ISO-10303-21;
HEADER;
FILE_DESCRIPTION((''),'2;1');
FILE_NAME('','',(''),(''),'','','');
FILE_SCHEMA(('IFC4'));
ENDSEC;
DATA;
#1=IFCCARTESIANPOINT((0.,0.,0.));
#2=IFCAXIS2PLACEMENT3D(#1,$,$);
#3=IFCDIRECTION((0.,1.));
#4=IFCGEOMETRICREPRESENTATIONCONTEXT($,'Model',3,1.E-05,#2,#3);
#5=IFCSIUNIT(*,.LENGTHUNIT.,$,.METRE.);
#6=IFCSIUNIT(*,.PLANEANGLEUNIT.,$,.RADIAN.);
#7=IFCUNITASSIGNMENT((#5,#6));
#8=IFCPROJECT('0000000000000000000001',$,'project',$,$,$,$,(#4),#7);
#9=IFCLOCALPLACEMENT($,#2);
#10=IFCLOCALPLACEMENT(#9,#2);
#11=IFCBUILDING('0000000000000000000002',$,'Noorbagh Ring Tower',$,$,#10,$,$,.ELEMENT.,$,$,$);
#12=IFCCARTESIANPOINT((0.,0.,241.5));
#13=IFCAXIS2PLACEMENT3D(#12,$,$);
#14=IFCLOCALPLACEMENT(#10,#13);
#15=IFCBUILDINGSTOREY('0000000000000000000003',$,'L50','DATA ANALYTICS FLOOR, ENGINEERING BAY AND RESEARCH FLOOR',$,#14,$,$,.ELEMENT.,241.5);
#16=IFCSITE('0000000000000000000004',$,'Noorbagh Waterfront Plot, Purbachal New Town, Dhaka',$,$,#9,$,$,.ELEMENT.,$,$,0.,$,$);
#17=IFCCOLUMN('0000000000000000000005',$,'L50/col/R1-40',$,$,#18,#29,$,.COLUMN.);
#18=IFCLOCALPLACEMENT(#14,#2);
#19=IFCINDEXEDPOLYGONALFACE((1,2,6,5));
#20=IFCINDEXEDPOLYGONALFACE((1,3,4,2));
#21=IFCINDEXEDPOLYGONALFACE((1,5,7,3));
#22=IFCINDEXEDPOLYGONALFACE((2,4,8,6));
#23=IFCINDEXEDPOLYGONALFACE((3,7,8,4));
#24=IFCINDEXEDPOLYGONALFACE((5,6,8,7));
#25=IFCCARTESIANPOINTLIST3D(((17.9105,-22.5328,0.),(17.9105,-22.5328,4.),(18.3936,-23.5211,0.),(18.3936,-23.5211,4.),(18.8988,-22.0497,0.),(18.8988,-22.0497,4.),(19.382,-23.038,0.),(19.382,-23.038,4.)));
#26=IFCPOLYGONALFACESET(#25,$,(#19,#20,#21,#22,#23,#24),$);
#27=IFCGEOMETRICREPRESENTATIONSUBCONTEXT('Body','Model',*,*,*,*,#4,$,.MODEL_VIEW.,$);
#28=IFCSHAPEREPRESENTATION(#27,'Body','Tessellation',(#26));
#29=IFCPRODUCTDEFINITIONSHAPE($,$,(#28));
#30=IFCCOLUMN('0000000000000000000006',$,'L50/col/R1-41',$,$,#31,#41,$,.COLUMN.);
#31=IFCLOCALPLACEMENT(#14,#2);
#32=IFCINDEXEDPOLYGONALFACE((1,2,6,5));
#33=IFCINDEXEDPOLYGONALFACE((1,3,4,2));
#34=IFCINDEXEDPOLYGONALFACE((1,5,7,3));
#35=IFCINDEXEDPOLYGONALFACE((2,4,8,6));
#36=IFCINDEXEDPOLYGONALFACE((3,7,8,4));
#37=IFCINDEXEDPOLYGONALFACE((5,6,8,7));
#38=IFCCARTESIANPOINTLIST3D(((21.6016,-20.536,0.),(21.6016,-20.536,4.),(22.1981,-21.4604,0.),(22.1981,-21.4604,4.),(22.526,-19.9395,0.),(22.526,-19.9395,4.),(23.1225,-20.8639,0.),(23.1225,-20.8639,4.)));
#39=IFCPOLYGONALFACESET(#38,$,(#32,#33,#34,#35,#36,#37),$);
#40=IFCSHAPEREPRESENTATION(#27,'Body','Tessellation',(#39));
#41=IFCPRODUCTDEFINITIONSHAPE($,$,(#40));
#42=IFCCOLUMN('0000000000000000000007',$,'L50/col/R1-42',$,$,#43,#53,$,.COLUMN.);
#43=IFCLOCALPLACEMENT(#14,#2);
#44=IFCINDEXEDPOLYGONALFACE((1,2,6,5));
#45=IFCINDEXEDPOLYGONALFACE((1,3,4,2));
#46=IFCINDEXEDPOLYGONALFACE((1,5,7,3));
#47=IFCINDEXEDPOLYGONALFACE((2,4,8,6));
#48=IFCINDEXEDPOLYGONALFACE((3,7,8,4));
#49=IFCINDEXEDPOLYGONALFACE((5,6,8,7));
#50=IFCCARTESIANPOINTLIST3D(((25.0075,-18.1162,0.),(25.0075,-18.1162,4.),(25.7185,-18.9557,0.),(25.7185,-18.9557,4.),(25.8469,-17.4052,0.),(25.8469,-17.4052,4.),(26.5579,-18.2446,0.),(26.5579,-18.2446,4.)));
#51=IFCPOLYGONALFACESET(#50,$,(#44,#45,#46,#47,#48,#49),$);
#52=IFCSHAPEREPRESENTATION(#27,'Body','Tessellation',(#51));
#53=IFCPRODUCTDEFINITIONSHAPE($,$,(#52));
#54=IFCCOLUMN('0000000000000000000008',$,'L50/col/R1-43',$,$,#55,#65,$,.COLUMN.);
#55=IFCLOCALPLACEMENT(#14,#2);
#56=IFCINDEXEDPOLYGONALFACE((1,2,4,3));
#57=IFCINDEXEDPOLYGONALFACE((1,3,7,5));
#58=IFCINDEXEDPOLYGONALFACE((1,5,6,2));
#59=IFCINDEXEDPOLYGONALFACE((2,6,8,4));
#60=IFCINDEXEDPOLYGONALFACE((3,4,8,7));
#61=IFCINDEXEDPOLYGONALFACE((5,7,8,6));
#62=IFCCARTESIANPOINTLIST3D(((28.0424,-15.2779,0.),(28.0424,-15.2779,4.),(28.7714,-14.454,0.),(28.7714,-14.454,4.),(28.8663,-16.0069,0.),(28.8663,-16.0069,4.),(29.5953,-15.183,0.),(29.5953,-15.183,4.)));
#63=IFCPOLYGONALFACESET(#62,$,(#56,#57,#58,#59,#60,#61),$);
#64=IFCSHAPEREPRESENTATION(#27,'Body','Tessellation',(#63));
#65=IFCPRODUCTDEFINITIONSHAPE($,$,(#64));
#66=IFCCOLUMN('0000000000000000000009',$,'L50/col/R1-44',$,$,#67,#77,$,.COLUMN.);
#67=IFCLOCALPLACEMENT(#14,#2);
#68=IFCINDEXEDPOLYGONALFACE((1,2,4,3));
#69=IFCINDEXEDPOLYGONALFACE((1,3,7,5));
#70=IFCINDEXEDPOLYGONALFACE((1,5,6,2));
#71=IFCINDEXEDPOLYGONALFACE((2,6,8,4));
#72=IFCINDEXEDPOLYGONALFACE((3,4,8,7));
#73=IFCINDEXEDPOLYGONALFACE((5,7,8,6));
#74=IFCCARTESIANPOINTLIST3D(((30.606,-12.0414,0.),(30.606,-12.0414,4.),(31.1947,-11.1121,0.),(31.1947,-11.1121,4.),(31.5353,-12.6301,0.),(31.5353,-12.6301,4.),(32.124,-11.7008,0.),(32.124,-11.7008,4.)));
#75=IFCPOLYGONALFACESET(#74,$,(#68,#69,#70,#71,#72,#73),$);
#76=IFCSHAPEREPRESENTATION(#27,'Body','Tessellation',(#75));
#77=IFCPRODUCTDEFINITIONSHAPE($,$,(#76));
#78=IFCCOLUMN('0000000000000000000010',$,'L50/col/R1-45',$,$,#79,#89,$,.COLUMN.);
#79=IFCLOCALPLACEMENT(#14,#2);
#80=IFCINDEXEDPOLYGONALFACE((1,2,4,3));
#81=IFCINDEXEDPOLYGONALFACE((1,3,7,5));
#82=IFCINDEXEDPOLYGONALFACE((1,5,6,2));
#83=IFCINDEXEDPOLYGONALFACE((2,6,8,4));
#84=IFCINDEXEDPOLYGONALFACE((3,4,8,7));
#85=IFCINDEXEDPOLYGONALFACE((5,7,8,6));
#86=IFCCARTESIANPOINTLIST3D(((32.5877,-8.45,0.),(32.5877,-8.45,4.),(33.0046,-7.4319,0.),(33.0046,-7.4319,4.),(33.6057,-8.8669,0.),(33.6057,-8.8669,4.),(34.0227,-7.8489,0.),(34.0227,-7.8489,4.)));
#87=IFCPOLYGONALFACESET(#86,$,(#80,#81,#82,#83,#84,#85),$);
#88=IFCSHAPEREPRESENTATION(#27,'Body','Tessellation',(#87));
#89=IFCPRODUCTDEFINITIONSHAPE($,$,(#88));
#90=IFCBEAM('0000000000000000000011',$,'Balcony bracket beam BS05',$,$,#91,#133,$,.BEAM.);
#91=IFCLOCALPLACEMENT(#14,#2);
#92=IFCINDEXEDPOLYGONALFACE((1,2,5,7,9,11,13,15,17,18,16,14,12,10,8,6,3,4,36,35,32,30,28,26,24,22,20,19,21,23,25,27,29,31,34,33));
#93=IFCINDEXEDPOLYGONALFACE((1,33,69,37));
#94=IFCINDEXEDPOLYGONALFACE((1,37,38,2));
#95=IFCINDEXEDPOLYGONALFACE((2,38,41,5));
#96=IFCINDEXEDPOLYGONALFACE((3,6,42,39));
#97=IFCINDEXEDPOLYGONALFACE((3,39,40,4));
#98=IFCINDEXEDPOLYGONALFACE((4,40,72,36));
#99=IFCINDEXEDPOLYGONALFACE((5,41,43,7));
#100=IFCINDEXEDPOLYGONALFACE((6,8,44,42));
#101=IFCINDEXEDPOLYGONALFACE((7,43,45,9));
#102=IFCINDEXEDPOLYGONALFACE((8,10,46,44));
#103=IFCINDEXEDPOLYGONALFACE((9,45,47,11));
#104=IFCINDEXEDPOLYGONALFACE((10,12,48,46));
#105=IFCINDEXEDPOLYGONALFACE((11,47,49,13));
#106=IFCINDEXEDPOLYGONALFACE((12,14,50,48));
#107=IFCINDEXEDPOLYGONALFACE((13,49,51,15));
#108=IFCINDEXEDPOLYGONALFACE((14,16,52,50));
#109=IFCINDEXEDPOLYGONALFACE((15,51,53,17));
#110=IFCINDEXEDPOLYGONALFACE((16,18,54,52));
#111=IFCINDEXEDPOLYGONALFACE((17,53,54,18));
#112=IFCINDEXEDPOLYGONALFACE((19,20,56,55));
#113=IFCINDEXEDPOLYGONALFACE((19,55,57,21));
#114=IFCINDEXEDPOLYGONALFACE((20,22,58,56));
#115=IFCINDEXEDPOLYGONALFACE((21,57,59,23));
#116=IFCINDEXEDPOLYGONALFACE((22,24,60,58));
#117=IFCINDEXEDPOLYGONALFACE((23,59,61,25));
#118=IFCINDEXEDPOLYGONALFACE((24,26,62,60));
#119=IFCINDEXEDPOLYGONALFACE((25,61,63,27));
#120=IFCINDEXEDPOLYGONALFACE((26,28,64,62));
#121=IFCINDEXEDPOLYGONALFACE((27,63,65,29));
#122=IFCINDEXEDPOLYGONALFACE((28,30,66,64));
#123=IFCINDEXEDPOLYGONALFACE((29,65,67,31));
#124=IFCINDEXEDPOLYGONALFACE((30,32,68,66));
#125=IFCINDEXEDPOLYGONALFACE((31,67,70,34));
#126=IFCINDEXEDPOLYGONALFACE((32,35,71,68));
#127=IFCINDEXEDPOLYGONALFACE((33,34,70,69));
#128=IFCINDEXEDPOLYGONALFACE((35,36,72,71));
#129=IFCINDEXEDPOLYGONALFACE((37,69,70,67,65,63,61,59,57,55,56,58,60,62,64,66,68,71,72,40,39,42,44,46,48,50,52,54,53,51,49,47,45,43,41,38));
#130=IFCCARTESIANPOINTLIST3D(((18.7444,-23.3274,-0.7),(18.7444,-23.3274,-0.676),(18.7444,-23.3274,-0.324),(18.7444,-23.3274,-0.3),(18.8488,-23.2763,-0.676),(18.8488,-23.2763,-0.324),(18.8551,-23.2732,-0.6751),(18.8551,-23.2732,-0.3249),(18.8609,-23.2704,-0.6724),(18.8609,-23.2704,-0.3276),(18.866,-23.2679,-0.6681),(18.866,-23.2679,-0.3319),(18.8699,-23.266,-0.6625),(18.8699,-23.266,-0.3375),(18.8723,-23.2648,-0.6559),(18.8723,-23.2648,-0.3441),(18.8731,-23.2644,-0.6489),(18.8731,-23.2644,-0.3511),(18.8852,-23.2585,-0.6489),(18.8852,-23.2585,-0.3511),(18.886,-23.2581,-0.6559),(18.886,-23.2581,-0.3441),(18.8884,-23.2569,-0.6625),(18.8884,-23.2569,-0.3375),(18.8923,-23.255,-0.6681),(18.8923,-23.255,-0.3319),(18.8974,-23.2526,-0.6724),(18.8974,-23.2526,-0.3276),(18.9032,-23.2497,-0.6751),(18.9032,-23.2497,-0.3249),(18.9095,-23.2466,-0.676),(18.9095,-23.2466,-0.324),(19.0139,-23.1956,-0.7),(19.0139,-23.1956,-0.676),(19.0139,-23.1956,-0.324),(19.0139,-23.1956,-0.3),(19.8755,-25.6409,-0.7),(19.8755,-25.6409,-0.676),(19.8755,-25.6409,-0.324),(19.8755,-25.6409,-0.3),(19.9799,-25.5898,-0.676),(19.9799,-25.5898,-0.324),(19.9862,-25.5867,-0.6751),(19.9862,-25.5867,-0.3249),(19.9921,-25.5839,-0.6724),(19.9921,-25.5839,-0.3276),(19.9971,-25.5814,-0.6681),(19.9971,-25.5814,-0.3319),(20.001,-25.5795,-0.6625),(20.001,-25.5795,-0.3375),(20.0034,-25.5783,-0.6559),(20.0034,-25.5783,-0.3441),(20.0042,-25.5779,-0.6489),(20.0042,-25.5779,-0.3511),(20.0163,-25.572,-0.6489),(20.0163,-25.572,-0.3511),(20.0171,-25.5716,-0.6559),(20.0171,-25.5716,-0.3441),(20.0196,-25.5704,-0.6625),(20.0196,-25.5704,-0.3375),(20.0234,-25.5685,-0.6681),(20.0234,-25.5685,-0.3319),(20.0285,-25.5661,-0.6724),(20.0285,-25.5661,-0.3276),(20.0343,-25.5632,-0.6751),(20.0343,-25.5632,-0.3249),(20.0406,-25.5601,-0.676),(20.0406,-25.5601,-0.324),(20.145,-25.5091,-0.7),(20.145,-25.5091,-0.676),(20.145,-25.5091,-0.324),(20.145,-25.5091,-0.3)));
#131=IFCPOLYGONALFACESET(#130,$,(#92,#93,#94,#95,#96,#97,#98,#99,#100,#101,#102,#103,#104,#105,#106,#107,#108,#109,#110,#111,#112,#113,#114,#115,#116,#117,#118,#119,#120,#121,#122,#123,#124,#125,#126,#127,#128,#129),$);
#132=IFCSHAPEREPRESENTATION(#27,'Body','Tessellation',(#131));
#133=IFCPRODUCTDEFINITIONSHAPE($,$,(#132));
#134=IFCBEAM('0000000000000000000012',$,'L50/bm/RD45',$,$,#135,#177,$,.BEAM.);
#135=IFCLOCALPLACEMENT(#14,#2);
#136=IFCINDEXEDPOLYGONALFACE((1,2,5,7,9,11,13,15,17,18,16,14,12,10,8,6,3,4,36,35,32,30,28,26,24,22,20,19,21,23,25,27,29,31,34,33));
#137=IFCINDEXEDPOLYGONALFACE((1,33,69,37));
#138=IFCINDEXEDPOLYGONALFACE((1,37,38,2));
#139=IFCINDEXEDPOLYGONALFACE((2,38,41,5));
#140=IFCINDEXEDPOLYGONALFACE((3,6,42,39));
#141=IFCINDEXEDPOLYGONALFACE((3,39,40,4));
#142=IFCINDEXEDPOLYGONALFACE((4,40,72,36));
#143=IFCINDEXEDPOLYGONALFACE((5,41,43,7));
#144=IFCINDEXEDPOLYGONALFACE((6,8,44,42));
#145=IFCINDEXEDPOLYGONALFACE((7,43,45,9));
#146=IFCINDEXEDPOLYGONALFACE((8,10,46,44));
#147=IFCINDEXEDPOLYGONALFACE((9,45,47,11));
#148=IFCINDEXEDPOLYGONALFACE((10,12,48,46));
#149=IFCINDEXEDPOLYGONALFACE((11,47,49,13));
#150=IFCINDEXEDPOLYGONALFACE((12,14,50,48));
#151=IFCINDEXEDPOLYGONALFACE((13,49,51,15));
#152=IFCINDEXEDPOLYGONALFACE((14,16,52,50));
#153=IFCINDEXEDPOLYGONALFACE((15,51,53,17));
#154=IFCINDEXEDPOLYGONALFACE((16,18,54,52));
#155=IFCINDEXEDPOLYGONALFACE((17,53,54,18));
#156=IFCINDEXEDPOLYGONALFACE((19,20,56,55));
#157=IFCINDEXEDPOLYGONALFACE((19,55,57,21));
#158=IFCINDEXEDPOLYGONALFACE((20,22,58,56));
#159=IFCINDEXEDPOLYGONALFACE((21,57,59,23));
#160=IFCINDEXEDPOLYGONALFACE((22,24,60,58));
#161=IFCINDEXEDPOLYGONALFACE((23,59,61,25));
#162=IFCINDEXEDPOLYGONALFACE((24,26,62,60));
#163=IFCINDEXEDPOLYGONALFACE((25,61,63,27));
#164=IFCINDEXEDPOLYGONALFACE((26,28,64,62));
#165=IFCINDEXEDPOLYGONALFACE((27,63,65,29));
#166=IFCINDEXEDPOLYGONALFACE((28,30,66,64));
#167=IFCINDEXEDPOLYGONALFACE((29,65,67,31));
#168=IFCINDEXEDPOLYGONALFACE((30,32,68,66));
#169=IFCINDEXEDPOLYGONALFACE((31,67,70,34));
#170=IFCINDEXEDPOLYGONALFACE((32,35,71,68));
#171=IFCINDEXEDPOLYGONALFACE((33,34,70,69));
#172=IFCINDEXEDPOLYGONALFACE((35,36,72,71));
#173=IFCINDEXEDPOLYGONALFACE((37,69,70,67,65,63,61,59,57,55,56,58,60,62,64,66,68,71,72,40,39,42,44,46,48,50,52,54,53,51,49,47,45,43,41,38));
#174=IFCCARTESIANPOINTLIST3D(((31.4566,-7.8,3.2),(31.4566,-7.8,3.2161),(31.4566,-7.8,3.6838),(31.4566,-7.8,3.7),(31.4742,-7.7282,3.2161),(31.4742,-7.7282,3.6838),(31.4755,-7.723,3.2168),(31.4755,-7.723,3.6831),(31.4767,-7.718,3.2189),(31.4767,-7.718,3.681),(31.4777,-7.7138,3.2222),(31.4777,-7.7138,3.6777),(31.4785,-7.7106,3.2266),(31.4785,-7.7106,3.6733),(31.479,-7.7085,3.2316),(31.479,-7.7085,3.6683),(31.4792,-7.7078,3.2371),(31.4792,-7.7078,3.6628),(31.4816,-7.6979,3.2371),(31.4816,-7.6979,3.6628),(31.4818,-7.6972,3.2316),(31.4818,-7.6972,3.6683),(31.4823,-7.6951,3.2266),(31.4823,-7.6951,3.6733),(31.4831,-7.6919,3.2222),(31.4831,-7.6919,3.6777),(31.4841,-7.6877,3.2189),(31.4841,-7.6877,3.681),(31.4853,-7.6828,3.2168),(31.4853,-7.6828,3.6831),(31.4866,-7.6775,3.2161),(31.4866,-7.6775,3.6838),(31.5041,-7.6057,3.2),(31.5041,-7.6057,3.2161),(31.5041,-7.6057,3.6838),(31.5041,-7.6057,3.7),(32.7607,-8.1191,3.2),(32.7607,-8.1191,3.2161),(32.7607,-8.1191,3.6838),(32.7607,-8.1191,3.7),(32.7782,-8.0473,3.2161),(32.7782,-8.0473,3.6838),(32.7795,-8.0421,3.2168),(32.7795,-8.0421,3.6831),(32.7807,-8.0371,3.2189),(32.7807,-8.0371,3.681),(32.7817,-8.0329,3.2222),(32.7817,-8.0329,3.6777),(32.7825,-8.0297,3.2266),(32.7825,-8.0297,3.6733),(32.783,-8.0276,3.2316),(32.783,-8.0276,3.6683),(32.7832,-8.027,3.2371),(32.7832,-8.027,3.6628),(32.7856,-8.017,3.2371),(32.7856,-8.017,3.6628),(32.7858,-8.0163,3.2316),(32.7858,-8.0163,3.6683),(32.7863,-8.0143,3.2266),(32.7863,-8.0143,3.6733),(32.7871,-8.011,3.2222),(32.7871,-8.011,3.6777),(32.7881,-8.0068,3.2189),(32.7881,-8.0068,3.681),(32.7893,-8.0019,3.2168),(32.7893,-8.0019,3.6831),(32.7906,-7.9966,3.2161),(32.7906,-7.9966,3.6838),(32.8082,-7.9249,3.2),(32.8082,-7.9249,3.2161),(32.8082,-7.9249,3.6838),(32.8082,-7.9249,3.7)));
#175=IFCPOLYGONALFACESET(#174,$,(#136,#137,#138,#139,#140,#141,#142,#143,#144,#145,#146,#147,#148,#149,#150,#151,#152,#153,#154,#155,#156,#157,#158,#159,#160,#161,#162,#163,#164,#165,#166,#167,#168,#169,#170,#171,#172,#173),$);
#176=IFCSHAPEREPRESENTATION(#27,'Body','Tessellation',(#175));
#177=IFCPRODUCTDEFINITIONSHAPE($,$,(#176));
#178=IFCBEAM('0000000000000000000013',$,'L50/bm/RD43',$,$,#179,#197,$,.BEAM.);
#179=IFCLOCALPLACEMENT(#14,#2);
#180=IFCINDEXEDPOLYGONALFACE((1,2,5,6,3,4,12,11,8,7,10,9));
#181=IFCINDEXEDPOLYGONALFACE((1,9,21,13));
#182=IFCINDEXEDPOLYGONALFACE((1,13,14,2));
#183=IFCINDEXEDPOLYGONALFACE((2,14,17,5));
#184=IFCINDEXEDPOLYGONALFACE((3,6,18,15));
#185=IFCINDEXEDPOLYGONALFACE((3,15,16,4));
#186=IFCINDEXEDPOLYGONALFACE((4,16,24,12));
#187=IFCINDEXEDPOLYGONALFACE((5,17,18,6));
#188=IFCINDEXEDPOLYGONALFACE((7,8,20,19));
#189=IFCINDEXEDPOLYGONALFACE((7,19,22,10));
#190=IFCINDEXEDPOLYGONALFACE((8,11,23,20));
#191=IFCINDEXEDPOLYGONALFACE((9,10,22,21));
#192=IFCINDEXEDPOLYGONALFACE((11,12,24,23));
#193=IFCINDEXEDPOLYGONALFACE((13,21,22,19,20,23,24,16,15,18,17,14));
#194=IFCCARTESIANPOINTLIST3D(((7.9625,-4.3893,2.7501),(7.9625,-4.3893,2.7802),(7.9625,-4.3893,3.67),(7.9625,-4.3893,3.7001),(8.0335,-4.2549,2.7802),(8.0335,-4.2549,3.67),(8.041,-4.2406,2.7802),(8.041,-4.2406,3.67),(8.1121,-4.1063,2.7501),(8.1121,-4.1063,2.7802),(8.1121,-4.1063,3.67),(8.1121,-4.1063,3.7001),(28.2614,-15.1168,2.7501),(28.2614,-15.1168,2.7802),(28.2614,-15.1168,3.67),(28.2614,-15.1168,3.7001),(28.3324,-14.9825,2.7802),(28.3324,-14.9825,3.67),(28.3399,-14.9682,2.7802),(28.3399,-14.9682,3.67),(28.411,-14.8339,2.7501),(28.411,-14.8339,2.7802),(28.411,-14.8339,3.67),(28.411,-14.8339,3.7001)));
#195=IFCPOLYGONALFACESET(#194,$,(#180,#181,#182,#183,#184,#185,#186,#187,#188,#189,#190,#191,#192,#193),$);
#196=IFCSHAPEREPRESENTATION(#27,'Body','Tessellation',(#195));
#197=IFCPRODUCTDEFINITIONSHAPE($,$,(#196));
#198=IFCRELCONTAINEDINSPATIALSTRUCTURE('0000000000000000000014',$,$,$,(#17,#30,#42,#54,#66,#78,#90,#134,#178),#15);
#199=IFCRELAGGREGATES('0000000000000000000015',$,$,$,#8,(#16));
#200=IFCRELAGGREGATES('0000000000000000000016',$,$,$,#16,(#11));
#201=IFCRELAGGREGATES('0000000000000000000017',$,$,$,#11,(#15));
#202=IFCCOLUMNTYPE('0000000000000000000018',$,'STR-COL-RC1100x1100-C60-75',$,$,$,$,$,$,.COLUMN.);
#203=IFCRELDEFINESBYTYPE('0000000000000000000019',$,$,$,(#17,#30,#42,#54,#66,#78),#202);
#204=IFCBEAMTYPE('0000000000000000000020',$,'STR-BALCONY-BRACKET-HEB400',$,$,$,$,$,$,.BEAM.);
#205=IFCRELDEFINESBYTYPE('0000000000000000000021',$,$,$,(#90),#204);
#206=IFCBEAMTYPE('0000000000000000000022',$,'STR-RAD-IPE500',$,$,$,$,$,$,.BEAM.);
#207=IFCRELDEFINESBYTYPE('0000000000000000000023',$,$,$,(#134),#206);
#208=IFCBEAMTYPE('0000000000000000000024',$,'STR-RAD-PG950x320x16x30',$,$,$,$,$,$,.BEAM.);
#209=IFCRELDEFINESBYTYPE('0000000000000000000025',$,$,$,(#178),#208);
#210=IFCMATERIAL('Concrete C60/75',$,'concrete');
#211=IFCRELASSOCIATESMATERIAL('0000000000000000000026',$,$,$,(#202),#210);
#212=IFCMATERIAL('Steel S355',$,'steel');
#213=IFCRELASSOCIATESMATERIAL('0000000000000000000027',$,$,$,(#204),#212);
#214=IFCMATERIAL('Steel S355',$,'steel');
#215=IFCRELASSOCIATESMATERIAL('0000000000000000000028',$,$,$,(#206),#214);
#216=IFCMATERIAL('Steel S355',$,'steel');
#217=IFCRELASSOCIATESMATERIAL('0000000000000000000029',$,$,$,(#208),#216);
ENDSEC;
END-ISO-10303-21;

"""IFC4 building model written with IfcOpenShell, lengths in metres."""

from ifc_helpers import new_model, si_unit, direction, frame, origin, origin_2d, place, context, subcontext, project, spatial, rectangle, i_section, extrude, material, material_profile, profile_set, type_object, element, save


model = new_model("IFC4")

# Units and contexts
model_context = context("Model", 3, precision=1e-05, world=origin(), true_north=direction((0.0, 1.0)))
body_context = subcontext(model_context, "Body", "Model", "MODEL_VIEW")
ifc_project = project(units=[si_unit("LENGTHUNIT", "METRE"), si_unit("PLANEANGLEUNIT", "RADIAN")], contexts=[model_context])

# Site, building, storey
site_placement = place(None, origin())
site = spatial("IfcSite", under=ifc_project, at=site_placement, Name="Noorbagh Waterfront Plot, Purbachal New Town, Dhaka", CompositionType="ELEMENT", RefElevation=0.0)
building_placement = place(site_placement, origin())
building = spatial("IfcBuilding", under=site, at=building_placement, Name="Noorbagh Ring Tower", CompositionType="ELEMENT")
storey_placement = place(building_placement, frame((0.0, 0.0, 241.5)))
storey = spatial("IfcBuildingStorey", under=building, at=storey_placement, Name="L50", Description="DATA ANALYTICS FLOOR, ENGINEERING BAY AND RESEARCH FLOOR", CompositionType="ELEMENT", Elevation=241.5)

# Columns
ifc_material_1 = material(Name="Concrete C60/75", Category="concrete")
ifc_material_profile_1 = material_profile(ifc_material_1, rectangle(XDim=1.1001, YDim=1.1001, at=origin_2d()), Name="RC1100x1100")
ifc_profile_set_1 = profile_set([ifc_material_profile_1], Name="Concrete C60/75")
column_type = type_object("IfcColumnType", Name="STR-COL-RC1100x1100-C60-75", PredefinedType="COLUMN", material=ifc_profile_set_1)
for number, where, z_axis, x_axis, name in (
    (1, (18.6462, -22.7854, 0.0), (0.0, 0.0, 1.0), (0.898399, 0.43918, 0.0), "L50/col/R1-40"),
    (2, (22.3621, -20.7, 0.0), (0.0, 0.0, 1.0), (0.840248, 0.542203, 0.0), "L50/col/R1-41"),
    (3, (25.7827, -18.1804, 0.0), (0.0, 0.0, 1.0), (0.763035, 0.646357, 0.0), "L50/col/R1-42"),
    (4, (28.8188, -15.2305, 0.0), (0.0, 0.0, 1.0), (0.662636, 0.748942, 0.0), "L50/col/R1-43"),
    (5, (31.365, -11.8711, 0.0), (0.0, 0.0, 1.0), (0.53519, 0.844731, 0.0), "L50/col/R1-44"),
    (6, (33.3052, -8.1494, 0.0), (0.0, 0.0, 1.0), (0.378989, 0.925401, 0.0), "L50/col/R1-45"),
):
    element("IfcColumn", number, at=place(storey_placement, frame(where, z_axis=z_axis, x_axis=x_axis)), inside=storey, type_object=column_type, Name=name, PredefinedType="COLUMN", context=body_context, shape_type="SweptSolid", body=[
        extrude(rectangle(XDim=1.1001, YDim=1.1001, at=origin_2d()), origin(), (0.0, 0.0, 1.0), 4.0),
    ])

# Beams
ifc_material_2 = material(Name="Steel S355", Category="steel")
ifc_material_profile_2 = material_profile(ifc_material_2, i_section(OverallWidth=0.3, OverallDepth=0.3999, WebThickness=0.0134, FlangeThickness=0.0239, FilletRadius=0.0271, at=origin_2d()), Name="HEB400")
ifc_profile_set_2 = profile_set([ifc_material_profile_2], Name="Steel S355")
beam_type_1 = type_object("IfcBeamType", Name="STR-BALCONY-BRACKET-HEB400", PredefinedType="BEAM", material=ifc_profile_set_2)
beam_1_placement = place(storey_placement, frame((18.8792, -23.2615, -0.5), z_axis=(0.439232, -0.898374, 0.0), x_axis=(0.898374, 0.439232, 0.0)))
element("IfcBeam", 7, at=beam_1_placement, inside=storey, type_object=beam_type_1, Name="Balcony bracket beam BS05", PredefinedType="BEAM", context=body_context, shape_type="SweptSolid", body=[
    extrude(i_section(OverallWidth=0.3, OverallDepth=0.3999, WebThickness=0.0134, FlangeThickness=0.0239, FilletRadius=0.0271, at=origin_2d()), origin(), (0.0, 0.0, 1.0), 2.5752),
])
ifc_material_3 = material(Name="Steel S355", Category="steel")
ifc_material_profile_3 = material_profile(ifc_material_3, i_section(OverallWidth=0.2, OverallDepth=0.5, WebThickness=0.0103, FlangeThickness=0.0161, FilletRadius=0.021, at=origin_2d()), Name="IPE500")
ifc_profile_set_3 = profile_set([ifc_material_profile_3], Name="Steel S355")
beam_type_2 = type_object("IfcBeamType", Name="STR-RAD-IPE500", PredefinedType="BEAM", material=ifc_profile_set_3)
beam_2_placement = place(storey_placement, frame((32.7844, -8.022, 3.45), z_axis=(-0.971339, 0.237697, 0.0), x_axis=(-0.237697, -0.971339, 0.0)))
element("IfcBeam", 8, at=beam_2_placement, inside=storey, type_object=beam_type_2, Name="L50/bm/RD45", PredefinedType="BEAM", context=body_context, shape_type="SweptSolid", body=[
    extrude(i_section(OverallWidth=0.2, OverallDepth=0.5, WebThickness=0.0103, FlangeThickness=0.0161, FilletRadius=0.021, at=origin_2d()), origin(), (0.0, 0.0, 1.0), 1.3425),
])
ifc_material_4 = material(Name="Steel S355", Category="steel")
ifc_material_profile_4 = material_profile(ifc_material_4, i_section(OverallWidth=0.3201, OverallDepth=0.95, WebThickness=0.0161, FlangeThickness=0.03, at=origin_2d()), Name="PG950x320x16x30")
ifc_profile_set_4 = profile_set([ifc_material_profile_4], Name="Steel S355")
beam_type_3 = type_object("IfcBeamType", Name="STR-RAD-PG950x320x16x30", PredefinedType="BEAM", material=ifc_profile_set_4)
beam_3_placement = place(storey_placement, frame((28.3362, -14.9753, 3.2251), z_axis=(-0.884128, 0.467245, 0.0), x_axis=(-0.467245, -0.884128, 0.0)))
element("IfcBeam", 9, at=beam_3_placement, inside=storey, type_object=beam_type_3, Name="L50/bm/RD43", PredefinedType="BEAM", context=body_context, shape_type="SweptSolid", body=[
    extrude(i_section(OverallWidth=0.3201, OverallDepth=0.95, WebThickness=0.0161, FlangeThickness=0.03, at=origin_2d()), origin(), (0.0, 0.0, 1.0), 22.9592),
])

save(model, "model.ifc")
